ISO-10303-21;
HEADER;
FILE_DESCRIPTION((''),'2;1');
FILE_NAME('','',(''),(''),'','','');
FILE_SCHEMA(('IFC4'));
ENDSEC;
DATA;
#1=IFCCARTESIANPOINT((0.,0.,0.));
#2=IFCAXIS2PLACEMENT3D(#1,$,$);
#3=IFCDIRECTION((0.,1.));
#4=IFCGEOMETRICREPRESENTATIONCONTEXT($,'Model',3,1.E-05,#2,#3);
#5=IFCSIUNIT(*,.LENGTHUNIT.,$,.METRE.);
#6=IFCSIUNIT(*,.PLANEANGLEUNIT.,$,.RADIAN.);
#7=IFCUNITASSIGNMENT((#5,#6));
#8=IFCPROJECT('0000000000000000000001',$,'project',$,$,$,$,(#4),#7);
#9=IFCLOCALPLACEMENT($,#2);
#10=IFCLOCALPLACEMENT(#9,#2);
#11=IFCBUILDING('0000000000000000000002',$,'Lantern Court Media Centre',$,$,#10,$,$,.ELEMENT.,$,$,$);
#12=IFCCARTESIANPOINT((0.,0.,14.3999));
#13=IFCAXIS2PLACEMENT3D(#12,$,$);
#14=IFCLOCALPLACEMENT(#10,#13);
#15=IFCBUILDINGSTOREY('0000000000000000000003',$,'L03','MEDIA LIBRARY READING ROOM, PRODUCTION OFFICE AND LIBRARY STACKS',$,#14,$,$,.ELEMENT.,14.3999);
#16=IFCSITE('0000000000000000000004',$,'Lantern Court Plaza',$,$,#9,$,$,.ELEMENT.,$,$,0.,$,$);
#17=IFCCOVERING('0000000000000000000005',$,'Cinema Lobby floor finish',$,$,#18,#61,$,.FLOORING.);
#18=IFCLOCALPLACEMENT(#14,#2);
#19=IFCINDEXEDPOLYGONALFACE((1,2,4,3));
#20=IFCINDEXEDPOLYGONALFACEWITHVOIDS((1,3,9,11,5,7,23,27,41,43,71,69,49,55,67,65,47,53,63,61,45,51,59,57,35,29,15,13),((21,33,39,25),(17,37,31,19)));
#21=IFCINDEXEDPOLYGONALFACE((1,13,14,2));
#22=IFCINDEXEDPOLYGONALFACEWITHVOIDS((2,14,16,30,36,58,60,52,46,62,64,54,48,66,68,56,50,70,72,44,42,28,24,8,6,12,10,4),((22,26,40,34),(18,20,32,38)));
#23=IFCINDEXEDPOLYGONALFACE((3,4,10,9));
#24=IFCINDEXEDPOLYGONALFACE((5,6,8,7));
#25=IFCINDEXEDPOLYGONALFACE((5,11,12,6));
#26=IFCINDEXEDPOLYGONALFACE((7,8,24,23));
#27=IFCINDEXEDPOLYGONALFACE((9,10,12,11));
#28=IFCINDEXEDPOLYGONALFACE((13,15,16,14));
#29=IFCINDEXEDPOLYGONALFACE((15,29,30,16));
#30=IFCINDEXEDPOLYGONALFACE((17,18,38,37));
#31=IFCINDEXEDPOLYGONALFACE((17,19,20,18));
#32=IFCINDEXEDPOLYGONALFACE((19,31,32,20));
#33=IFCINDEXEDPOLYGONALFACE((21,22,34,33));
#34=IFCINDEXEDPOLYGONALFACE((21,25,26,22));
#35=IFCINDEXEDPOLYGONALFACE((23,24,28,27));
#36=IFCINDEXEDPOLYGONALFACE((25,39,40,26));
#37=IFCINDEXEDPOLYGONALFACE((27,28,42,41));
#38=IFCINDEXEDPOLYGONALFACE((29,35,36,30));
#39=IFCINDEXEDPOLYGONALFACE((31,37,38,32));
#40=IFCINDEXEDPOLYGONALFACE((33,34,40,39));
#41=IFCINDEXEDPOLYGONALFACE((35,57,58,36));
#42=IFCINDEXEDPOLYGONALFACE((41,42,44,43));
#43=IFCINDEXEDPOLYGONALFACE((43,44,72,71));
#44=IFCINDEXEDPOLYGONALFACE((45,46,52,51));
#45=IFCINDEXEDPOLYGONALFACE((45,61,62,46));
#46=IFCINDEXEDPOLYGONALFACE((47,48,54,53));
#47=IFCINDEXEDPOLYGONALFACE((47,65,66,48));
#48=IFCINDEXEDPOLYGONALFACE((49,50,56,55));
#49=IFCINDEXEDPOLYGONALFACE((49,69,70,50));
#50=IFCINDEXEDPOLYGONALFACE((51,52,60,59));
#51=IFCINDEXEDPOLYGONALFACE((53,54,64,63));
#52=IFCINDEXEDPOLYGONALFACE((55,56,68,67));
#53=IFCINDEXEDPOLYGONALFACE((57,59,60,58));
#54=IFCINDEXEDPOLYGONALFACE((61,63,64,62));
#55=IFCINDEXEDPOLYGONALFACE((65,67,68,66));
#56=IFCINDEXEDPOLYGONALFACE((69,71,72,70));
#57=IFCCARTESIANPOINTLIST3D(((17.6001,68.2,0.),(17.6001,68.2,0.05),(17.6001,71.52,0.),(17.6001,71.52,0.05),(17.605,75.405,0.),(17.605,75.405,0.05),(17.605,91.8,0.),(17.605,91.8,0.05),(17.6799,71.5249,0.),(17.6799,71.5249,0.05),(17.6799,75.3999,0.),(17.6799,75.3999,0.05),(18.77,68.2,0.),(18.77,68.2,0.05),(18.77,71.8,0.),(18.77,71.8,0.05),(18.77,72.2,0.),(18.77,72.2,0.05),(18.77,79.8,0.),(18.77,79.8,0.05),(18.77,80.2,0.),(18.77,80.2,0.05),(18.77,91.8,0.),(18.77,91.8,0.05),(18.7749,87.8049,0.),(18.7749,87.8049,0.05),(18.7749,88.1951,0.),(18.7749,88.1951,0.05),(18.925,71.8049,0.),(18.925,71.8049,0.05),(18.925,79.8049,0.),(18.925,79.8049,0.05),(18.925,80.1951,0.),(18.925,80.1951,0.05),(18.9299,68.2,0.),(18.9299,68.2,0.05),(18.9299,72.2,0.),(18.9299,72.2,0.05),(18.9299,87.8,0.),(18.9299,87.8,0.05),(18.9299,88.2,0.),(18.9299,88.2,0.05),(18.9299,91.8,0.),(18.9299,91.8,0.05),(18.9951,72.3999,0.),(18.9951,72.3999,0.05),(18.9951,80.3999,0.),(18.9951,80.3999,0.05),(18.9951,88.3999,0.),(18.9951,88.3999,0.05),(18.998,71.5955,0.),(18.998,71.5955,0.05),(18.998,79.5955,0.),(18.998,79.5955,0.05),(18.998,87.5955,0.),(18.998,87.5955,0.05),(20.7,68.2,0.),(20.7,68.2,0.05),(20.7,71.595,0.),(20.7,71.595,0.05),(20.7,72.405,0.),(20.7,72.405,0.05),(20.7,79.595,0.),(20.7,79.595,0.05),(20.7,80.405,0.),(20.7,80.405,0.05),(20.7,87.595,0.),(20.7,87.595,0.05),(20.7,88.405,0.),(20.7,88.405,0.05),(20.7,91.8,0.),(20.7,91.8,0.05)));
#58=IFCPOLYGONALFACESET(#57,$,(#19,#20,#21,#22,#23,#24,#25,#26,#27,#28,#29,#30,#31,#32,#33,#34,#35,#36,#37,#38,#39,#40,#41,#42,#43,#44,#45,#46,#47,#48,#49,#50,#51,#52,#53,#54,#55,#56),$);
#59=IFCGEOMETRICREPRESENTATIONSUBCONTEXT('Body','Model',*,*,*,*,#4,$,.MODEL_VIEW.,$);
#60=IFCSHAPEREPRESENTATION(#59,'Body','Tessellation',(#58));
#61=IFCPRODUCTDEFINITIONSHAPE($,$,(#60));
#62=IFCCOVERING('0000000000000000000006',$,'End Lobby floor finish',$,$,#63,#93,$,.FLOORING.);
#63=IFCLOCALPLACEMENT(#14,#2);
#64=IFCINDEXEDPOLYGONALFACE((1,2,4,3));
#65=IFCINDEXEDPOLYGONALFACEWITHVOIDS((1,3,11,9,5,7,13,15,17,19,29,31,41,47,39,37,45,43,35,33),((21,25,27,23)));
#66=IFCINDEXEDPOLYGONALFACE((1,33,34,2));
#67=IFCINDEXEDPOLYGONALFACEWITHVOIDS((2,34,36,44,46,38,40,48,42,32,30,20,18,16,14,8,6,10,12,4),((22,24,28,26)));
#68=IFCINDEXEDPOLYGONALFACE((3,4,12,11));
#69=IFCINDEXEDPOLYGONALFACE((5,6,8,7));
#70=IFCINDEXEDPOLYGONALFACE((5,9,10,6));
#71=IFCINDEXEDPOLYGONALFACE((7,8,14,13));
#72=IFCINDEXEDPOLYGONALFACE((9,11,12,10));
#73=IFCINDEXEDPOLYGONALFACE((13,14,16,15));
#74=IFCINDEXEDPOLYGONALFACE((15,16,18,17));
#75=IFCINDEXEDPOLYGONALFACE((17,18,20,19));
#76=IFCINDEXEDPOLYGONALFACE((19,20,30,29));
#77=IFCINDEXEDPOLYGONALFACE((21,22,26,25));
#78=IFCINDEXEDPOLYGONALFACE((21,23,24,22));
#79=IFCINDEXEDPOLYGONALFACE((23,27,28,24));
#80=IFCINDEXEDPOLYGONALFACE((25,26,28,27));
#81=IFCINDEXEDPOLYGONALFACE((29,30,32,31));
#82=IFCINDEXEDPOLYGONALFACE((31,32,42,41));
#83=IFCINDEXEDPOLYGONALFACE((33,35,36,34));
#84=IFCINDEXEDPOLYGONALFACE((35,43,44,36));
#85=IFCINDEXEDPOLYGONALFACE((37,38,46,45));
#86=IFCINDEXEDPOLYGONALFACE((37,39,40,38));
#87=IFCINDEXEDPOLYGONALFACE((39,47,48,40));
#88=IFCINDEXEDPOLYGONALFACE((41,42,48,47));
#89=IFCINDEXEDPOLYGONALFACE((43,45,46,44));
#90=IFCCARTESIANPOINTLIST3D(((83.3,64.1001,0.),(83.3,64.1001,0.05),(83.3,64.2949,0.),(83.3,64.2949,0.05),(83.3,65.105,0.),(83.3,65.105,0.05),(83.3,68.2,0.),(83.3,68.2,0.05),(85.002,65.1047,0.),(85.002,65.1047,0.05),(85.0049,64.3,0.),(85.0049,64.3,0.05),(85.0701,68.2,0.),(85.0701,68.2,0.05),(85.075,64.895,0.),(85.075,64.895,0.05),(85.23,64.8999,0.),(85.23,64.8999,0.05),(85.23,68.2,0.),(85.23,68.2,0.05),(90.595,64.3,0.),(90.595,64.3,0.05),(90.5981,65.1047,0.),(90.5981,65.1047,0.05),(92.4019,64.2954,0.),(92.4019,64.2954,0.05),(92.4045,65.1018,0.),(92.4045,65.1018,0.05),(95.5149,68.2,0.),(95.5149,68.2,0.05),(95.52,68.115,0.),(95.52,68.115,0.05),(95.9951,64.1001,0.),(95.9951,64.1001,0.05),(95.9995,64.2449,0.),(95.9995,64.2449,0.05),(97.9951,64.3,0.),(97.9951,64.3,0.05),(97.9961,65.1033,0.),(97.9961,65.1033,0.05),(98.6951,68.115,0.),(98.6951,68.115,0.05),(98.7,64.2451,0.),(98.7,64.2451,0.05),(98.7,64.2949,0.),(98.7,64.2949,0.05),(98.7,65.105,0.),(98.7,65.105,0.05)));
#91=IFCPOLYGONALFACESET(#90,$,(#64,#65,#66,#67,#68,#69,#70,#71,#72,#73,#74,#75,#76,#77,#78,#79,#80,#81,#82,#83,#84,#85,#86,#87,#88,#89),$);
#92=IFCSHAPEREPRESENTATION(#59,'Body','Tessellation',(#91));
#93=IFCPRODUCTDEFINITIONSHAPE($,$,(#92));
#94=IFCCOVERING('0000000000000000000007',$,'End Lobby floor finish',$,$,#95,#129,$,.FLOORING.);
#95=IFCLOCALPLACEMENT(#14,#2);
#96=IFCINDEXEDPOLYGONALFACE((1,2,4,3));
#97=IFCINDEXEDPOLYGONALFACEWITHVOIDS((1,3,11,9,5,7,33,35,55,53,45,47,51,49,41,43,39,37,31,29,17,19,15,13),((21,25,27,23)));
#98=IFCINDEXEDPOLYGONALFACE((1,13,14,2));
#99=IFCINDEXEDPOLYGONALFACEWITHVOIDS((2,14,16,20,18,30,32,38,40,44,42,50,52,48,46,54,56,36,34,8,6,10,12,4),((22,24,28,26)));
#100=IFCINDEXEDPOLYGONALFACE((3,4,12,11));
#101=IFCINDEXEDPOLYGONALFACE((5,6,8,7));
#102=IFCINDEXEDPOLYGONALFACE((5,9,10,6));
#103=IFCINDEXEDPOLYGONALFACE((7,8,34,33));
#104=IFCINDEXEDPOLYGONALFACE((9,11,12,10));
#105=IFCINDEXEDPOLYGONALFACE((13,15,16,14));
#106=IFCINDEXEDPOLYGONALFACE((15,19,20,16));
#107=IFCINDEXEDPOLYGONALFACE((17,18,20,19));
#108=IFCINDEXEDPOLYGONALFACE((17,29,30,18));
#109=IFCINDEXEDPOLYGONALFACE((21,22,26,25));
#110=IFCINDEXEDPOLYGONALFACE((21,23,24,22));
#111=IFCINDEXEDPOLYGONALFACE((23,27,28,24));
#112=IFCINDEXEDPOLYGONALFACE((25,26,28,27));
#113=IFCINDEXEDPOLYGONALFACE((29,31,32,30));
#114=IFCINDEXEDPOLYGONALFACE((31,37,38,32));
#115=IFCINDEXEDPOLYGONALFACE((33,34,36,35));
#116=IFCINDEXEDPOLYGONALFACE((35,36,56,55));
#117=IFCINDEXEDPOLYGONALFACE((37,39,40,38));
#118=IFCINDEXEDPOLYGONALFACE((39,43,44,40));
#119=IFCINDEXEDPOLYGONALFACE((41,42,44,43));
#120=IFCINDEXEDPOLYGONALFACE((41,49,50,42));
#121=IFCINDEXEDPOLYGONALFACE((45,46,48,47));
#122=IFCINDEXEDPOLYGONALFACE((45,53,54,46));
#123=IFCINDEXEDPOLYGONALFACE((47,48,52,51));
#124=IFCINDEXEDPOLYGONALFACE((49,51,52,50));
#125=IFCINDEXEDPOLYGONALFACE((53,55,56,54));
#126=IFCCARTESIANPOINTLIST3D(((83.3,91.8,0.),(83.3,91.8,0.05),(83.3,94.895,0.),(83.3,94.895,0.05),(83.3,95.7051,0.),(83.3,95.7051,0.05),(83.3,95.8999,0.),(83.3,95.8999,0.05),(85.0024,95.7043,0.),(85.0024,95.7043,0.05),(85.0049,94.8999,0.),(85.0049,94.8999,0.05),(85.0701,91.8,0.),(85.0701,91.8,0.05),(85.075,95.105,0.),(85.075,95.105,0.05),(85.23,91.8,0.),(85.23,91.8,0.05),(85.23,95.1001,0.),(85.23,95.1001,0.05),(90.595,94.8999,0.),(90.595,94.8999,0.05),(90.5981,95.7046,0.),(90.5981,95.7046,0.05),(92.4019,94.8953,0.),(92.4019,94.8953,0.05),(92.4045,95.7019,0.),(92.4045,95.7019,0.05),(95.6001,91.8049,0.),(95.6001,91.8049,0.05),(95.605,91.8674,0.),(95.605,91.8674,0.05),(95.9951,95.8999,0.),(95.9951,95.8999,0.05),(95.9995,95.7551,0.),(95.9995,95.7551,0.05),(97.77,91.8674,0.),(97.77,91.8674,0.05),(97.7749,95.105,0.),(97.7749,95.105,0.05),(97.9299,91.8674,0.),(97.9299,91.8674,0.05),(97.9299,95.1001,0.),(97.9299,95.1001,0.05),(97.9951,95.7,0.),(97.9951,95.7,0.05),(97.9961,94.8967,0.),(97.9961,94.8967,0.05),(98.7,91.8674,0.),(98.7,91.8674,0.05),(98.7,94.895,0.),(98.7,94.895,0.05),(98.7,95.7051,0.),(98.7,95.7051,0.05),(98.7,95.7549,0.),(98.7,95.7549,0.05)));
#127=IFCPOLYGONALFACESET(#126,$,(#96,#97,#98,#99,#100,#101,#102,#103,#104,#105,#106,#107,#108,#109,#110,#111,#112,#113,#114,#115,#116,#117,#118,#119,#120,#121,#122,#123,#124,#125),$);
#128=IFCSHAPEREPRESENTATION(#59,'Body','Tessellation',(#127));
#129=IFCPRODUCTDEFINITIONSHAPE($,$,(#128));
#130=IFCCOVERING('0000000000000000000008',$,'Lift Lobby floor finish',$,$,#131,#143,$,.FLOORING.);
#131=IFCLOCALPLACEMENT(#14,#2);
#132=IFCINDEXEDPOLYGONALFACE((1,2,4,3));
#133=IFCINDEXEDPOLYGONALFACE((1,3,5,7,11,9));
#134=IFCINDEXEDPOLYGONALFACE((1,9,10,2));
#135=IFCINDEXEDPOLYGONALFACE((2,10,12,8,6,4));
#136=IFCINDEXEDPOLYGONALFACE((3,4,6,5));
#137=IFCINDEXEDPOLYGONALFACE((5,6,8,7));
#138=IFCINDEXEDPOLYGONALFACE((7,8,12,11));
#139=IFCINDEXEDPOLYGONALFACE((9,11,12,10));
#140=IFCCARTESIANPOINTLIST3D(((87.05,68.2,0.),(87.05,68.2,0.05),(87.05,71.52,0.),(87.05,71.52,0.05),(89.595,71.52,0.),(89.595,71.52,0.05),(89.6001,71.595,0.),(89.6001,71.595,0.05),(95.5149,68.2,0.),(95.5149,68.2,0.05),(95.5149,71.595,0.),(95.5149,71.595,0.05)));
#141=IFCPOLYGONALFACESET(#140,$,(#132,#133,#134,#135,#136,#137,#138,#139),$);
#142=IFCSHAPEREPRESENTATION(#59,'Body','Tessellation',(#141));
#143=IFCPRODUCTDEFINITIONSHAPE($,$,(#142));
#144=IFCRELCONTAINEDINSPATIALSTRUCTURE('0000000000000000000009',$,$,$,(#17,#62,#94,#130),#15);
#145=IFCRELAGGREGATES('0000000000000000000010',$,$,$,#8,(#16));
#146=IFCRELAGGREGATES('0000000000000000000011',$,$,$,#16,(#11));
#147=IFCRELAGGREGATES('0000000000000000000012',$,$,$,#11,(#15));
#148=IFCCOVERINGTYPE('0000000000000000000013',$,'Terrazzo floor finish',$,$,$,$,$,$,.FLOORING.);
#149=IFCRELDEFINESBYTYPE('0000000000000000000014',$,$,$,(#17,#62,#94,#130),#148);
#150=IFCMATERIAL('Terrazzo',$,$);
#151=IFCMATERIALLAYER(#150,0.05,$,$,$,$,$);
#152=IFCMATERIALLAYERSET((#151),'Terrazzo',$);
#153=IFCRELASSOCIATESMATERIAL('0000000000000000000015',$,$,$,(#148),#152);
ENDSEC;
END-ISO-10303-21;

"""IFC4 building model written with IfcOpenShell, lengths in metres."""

from ifc_helpers import new_model, si_unit, direction, frame, origin, place, context, subcontext, project, spatial, polyline, outline, extrude, material, layer, layer_set, type_object, element, save


model = new_model("IFC4")

# Units and contexts
model_context = context("Model", 3, precision=1e-05, world=origin(), true_north=direction((0.0, 1.0)))
body_context = subcontext(model_context, "Body", "Model", "MODEL_VIEW")
ifc_project = project(units=[si_unit("LENGTHUNIT", "METRE"), si_unit("PLANEANGLEUNIT", "RADIAN")], contexts=[model_context])

# Site, building, storey
site_placement = place(None, origin())
site = spatial("IfcSite", under=ifc_project, at=site_placement, Name="Lantern Court Plaza", CompositionType="ELEMENT", RefElevation=0.0)
building_placement = place(site_placement, origin())
building = spatial("IfcBuilding", under=site, at=building_placement, Name="Lantern Court Media Centre", CompositionType="ELEMENT")
storey_placement = place(building_placement, frame((0.0, 0.0, 14.3999)))
storey = spatial("IfcBuildingStorey", under=building, at=storey_placement, Name="L03", Description="MEDIA LIBRARY READING ROOM, PRODUCTION OFFICE AND LIBRARY STACKS", CompositionType="ELEMENT", Elevation=14.3999)

# Coverings
ifc_material_1 = material(Name="Terrazzo")
ifc_layer_1 = layer(ifc_material_1, 0.05)
ifc_layer_set_1 = layer_set([ifc_layer_1], Name="Terrazzo")
covering_type_1 = type_object("IfcCoveringType", Name="Terrazzo floor finish", PredefinedType="FLOORING", material=ifc_layer_set_1)
covering_1_placement = place(storey_placement, origin())
element("IfcCovering", 1, at=covering_1_placement, inside=storey, type_object=covering_type_1, Name="Cinema Lobby floor finish", PredefinedType="FLOORING", context=body_context, shape_type="SweptSolid", body=[
    extrude(outline(polyline([(20.7, 68.2), (18.9299, 68.2), (18.925, 71.8049), (18.77, 71.8), (18.77, 68.2), (17.6001, 68.2), (17.6001, 71.52), (17.6799, 71.5249), (17.6799, 75.3999), (17.605, 75.405), (17.605, 91.8), (18.77, 91.8), (18.7749, 88.1951), (18.9299, 88.2), (18.9299, 91.8), (20.7, 91.8), (20.7, 88.405), (18.9951, 88.3999), (18.998, 87.5955), (20.7, 87.595), (20.7, 80.405), (18.9951, 80.3999), (18.998, 79.5955), (20.7, 79.595), (20.7, 72.405), (18.9951, 72.3999), (18.998, 71.5955), (20.7, 71.595), (20.7, 68.2)]), holes=[polyline([(18.925, 80.1951), (18.9299, 87.8), (18.7749, 87.8049), (18.77, 80.2), (18.925, 80.1951)]), polyline([(18.77, 72.2), (18.9299, 72.2), (18.925, 79.8049), (18.77, 79.8), (18.77, 72.2)])]), origin(), (0.0, 0.0, 1.0), 0.05),
])
covering_2_placement = place(storey_placement, origin())
element("IfcCovering", 2, at=covering_2_placement, inside=storey, type_object=covering_type_1, Name="End Lobby floor finish", PredefinedType="FLOORING", context=body_context, shape_type="SweptSolid", body=[
    extrude(outline(polyline([(98.7, 64.2451), (95.9995, 64.2449), (95.9951, 64.1001), (83.3, 64.1001), (83.3, 64.2949), (85.0049, 64.3), (85.002, 65.1047), (83.3, 65.105), (83.3, 68.2), (85.0701, 68.2), (85.075, 64.895), (85.23, 64.8999), (85.23, 68.2), (95.5149, 68.2), (95.52, 68.115), (98.6951, 68.115), (98.7, 65.105), (97.9961, 65.1033), (97.9951, 64.3), (98.7, 64.2949), (98.7, 64.2451)]), holes=[polyline([(90.595, 64.3), (92.4019, 64.2954), (92.4045, 65.1018), (90.5981, 65.1047), (90.595, 64.3)])]), origin(), (0.0, 0.0, 1.0), 0.05),
])
covering_3_placement = place(storey_placement, origin())
element("IfcCovering", 3, at=covering_3_placement, inside=storey, type_object=covering_type_1, Name="End Lobby floor finish", PredefinedType="FLOORING", context=body_context, shape_type="SweptSolid", body=[
    extrude(outline(polyline([(98.7, 91.8674), (97.9299, 91.8674), (97.9299, 95.1001), (97.7749, 95.105), (97.77, 91.8674), (95.605, 91.8674), (95.6001, 91.8049), (85.23, 91.8), (85.23, 95.1001), (85.075, 95.105), (85.0701, 91.8), (83.3, 91.8), (83.3, 94.895), (85.0049, 94.8999), (85.0024, 95.7043), (83.3, 95.7051), (83.3, 95.8999), (95.9951, 95.8999), (95.9995, 95.7551), (98.7, 95.7549), (98.7, 95.7051), (97.9951, 95.7), (97.9961, 94.8967), (98.7, 94.895), (98.7, 91.8674)]), holes=[polyline([(90.595, 94.8999), (92.4019, 94.8953), (92.4045, 95.7019), (90.5981, 95.7046), (90.595, 94.8999)])]), origin(), (0.0, 0.0, 1.0), 0.05),
])
covering_4_placement = place(storey_placement, origin())
element("IfcCovering", 4, at=covering_4_placement, inside=storey, type_object=covering_type_1, Name="Lift Lobby floor finish", PredefinedType="FLOORING", context=body_context, shape_type="SweptSolid", body=[
    extrude(outline(polyline([(87.05, 68.2), (87.05, 71.52), (89.595, 71.52), (89.6001, 71.595), (95.5149, 71.595), (95.5149, 68.2), (87.05, 68.2)])), origin(), (0.0, 0.0, 1.0), 0.05),
])

save(model, "model.ifc")
